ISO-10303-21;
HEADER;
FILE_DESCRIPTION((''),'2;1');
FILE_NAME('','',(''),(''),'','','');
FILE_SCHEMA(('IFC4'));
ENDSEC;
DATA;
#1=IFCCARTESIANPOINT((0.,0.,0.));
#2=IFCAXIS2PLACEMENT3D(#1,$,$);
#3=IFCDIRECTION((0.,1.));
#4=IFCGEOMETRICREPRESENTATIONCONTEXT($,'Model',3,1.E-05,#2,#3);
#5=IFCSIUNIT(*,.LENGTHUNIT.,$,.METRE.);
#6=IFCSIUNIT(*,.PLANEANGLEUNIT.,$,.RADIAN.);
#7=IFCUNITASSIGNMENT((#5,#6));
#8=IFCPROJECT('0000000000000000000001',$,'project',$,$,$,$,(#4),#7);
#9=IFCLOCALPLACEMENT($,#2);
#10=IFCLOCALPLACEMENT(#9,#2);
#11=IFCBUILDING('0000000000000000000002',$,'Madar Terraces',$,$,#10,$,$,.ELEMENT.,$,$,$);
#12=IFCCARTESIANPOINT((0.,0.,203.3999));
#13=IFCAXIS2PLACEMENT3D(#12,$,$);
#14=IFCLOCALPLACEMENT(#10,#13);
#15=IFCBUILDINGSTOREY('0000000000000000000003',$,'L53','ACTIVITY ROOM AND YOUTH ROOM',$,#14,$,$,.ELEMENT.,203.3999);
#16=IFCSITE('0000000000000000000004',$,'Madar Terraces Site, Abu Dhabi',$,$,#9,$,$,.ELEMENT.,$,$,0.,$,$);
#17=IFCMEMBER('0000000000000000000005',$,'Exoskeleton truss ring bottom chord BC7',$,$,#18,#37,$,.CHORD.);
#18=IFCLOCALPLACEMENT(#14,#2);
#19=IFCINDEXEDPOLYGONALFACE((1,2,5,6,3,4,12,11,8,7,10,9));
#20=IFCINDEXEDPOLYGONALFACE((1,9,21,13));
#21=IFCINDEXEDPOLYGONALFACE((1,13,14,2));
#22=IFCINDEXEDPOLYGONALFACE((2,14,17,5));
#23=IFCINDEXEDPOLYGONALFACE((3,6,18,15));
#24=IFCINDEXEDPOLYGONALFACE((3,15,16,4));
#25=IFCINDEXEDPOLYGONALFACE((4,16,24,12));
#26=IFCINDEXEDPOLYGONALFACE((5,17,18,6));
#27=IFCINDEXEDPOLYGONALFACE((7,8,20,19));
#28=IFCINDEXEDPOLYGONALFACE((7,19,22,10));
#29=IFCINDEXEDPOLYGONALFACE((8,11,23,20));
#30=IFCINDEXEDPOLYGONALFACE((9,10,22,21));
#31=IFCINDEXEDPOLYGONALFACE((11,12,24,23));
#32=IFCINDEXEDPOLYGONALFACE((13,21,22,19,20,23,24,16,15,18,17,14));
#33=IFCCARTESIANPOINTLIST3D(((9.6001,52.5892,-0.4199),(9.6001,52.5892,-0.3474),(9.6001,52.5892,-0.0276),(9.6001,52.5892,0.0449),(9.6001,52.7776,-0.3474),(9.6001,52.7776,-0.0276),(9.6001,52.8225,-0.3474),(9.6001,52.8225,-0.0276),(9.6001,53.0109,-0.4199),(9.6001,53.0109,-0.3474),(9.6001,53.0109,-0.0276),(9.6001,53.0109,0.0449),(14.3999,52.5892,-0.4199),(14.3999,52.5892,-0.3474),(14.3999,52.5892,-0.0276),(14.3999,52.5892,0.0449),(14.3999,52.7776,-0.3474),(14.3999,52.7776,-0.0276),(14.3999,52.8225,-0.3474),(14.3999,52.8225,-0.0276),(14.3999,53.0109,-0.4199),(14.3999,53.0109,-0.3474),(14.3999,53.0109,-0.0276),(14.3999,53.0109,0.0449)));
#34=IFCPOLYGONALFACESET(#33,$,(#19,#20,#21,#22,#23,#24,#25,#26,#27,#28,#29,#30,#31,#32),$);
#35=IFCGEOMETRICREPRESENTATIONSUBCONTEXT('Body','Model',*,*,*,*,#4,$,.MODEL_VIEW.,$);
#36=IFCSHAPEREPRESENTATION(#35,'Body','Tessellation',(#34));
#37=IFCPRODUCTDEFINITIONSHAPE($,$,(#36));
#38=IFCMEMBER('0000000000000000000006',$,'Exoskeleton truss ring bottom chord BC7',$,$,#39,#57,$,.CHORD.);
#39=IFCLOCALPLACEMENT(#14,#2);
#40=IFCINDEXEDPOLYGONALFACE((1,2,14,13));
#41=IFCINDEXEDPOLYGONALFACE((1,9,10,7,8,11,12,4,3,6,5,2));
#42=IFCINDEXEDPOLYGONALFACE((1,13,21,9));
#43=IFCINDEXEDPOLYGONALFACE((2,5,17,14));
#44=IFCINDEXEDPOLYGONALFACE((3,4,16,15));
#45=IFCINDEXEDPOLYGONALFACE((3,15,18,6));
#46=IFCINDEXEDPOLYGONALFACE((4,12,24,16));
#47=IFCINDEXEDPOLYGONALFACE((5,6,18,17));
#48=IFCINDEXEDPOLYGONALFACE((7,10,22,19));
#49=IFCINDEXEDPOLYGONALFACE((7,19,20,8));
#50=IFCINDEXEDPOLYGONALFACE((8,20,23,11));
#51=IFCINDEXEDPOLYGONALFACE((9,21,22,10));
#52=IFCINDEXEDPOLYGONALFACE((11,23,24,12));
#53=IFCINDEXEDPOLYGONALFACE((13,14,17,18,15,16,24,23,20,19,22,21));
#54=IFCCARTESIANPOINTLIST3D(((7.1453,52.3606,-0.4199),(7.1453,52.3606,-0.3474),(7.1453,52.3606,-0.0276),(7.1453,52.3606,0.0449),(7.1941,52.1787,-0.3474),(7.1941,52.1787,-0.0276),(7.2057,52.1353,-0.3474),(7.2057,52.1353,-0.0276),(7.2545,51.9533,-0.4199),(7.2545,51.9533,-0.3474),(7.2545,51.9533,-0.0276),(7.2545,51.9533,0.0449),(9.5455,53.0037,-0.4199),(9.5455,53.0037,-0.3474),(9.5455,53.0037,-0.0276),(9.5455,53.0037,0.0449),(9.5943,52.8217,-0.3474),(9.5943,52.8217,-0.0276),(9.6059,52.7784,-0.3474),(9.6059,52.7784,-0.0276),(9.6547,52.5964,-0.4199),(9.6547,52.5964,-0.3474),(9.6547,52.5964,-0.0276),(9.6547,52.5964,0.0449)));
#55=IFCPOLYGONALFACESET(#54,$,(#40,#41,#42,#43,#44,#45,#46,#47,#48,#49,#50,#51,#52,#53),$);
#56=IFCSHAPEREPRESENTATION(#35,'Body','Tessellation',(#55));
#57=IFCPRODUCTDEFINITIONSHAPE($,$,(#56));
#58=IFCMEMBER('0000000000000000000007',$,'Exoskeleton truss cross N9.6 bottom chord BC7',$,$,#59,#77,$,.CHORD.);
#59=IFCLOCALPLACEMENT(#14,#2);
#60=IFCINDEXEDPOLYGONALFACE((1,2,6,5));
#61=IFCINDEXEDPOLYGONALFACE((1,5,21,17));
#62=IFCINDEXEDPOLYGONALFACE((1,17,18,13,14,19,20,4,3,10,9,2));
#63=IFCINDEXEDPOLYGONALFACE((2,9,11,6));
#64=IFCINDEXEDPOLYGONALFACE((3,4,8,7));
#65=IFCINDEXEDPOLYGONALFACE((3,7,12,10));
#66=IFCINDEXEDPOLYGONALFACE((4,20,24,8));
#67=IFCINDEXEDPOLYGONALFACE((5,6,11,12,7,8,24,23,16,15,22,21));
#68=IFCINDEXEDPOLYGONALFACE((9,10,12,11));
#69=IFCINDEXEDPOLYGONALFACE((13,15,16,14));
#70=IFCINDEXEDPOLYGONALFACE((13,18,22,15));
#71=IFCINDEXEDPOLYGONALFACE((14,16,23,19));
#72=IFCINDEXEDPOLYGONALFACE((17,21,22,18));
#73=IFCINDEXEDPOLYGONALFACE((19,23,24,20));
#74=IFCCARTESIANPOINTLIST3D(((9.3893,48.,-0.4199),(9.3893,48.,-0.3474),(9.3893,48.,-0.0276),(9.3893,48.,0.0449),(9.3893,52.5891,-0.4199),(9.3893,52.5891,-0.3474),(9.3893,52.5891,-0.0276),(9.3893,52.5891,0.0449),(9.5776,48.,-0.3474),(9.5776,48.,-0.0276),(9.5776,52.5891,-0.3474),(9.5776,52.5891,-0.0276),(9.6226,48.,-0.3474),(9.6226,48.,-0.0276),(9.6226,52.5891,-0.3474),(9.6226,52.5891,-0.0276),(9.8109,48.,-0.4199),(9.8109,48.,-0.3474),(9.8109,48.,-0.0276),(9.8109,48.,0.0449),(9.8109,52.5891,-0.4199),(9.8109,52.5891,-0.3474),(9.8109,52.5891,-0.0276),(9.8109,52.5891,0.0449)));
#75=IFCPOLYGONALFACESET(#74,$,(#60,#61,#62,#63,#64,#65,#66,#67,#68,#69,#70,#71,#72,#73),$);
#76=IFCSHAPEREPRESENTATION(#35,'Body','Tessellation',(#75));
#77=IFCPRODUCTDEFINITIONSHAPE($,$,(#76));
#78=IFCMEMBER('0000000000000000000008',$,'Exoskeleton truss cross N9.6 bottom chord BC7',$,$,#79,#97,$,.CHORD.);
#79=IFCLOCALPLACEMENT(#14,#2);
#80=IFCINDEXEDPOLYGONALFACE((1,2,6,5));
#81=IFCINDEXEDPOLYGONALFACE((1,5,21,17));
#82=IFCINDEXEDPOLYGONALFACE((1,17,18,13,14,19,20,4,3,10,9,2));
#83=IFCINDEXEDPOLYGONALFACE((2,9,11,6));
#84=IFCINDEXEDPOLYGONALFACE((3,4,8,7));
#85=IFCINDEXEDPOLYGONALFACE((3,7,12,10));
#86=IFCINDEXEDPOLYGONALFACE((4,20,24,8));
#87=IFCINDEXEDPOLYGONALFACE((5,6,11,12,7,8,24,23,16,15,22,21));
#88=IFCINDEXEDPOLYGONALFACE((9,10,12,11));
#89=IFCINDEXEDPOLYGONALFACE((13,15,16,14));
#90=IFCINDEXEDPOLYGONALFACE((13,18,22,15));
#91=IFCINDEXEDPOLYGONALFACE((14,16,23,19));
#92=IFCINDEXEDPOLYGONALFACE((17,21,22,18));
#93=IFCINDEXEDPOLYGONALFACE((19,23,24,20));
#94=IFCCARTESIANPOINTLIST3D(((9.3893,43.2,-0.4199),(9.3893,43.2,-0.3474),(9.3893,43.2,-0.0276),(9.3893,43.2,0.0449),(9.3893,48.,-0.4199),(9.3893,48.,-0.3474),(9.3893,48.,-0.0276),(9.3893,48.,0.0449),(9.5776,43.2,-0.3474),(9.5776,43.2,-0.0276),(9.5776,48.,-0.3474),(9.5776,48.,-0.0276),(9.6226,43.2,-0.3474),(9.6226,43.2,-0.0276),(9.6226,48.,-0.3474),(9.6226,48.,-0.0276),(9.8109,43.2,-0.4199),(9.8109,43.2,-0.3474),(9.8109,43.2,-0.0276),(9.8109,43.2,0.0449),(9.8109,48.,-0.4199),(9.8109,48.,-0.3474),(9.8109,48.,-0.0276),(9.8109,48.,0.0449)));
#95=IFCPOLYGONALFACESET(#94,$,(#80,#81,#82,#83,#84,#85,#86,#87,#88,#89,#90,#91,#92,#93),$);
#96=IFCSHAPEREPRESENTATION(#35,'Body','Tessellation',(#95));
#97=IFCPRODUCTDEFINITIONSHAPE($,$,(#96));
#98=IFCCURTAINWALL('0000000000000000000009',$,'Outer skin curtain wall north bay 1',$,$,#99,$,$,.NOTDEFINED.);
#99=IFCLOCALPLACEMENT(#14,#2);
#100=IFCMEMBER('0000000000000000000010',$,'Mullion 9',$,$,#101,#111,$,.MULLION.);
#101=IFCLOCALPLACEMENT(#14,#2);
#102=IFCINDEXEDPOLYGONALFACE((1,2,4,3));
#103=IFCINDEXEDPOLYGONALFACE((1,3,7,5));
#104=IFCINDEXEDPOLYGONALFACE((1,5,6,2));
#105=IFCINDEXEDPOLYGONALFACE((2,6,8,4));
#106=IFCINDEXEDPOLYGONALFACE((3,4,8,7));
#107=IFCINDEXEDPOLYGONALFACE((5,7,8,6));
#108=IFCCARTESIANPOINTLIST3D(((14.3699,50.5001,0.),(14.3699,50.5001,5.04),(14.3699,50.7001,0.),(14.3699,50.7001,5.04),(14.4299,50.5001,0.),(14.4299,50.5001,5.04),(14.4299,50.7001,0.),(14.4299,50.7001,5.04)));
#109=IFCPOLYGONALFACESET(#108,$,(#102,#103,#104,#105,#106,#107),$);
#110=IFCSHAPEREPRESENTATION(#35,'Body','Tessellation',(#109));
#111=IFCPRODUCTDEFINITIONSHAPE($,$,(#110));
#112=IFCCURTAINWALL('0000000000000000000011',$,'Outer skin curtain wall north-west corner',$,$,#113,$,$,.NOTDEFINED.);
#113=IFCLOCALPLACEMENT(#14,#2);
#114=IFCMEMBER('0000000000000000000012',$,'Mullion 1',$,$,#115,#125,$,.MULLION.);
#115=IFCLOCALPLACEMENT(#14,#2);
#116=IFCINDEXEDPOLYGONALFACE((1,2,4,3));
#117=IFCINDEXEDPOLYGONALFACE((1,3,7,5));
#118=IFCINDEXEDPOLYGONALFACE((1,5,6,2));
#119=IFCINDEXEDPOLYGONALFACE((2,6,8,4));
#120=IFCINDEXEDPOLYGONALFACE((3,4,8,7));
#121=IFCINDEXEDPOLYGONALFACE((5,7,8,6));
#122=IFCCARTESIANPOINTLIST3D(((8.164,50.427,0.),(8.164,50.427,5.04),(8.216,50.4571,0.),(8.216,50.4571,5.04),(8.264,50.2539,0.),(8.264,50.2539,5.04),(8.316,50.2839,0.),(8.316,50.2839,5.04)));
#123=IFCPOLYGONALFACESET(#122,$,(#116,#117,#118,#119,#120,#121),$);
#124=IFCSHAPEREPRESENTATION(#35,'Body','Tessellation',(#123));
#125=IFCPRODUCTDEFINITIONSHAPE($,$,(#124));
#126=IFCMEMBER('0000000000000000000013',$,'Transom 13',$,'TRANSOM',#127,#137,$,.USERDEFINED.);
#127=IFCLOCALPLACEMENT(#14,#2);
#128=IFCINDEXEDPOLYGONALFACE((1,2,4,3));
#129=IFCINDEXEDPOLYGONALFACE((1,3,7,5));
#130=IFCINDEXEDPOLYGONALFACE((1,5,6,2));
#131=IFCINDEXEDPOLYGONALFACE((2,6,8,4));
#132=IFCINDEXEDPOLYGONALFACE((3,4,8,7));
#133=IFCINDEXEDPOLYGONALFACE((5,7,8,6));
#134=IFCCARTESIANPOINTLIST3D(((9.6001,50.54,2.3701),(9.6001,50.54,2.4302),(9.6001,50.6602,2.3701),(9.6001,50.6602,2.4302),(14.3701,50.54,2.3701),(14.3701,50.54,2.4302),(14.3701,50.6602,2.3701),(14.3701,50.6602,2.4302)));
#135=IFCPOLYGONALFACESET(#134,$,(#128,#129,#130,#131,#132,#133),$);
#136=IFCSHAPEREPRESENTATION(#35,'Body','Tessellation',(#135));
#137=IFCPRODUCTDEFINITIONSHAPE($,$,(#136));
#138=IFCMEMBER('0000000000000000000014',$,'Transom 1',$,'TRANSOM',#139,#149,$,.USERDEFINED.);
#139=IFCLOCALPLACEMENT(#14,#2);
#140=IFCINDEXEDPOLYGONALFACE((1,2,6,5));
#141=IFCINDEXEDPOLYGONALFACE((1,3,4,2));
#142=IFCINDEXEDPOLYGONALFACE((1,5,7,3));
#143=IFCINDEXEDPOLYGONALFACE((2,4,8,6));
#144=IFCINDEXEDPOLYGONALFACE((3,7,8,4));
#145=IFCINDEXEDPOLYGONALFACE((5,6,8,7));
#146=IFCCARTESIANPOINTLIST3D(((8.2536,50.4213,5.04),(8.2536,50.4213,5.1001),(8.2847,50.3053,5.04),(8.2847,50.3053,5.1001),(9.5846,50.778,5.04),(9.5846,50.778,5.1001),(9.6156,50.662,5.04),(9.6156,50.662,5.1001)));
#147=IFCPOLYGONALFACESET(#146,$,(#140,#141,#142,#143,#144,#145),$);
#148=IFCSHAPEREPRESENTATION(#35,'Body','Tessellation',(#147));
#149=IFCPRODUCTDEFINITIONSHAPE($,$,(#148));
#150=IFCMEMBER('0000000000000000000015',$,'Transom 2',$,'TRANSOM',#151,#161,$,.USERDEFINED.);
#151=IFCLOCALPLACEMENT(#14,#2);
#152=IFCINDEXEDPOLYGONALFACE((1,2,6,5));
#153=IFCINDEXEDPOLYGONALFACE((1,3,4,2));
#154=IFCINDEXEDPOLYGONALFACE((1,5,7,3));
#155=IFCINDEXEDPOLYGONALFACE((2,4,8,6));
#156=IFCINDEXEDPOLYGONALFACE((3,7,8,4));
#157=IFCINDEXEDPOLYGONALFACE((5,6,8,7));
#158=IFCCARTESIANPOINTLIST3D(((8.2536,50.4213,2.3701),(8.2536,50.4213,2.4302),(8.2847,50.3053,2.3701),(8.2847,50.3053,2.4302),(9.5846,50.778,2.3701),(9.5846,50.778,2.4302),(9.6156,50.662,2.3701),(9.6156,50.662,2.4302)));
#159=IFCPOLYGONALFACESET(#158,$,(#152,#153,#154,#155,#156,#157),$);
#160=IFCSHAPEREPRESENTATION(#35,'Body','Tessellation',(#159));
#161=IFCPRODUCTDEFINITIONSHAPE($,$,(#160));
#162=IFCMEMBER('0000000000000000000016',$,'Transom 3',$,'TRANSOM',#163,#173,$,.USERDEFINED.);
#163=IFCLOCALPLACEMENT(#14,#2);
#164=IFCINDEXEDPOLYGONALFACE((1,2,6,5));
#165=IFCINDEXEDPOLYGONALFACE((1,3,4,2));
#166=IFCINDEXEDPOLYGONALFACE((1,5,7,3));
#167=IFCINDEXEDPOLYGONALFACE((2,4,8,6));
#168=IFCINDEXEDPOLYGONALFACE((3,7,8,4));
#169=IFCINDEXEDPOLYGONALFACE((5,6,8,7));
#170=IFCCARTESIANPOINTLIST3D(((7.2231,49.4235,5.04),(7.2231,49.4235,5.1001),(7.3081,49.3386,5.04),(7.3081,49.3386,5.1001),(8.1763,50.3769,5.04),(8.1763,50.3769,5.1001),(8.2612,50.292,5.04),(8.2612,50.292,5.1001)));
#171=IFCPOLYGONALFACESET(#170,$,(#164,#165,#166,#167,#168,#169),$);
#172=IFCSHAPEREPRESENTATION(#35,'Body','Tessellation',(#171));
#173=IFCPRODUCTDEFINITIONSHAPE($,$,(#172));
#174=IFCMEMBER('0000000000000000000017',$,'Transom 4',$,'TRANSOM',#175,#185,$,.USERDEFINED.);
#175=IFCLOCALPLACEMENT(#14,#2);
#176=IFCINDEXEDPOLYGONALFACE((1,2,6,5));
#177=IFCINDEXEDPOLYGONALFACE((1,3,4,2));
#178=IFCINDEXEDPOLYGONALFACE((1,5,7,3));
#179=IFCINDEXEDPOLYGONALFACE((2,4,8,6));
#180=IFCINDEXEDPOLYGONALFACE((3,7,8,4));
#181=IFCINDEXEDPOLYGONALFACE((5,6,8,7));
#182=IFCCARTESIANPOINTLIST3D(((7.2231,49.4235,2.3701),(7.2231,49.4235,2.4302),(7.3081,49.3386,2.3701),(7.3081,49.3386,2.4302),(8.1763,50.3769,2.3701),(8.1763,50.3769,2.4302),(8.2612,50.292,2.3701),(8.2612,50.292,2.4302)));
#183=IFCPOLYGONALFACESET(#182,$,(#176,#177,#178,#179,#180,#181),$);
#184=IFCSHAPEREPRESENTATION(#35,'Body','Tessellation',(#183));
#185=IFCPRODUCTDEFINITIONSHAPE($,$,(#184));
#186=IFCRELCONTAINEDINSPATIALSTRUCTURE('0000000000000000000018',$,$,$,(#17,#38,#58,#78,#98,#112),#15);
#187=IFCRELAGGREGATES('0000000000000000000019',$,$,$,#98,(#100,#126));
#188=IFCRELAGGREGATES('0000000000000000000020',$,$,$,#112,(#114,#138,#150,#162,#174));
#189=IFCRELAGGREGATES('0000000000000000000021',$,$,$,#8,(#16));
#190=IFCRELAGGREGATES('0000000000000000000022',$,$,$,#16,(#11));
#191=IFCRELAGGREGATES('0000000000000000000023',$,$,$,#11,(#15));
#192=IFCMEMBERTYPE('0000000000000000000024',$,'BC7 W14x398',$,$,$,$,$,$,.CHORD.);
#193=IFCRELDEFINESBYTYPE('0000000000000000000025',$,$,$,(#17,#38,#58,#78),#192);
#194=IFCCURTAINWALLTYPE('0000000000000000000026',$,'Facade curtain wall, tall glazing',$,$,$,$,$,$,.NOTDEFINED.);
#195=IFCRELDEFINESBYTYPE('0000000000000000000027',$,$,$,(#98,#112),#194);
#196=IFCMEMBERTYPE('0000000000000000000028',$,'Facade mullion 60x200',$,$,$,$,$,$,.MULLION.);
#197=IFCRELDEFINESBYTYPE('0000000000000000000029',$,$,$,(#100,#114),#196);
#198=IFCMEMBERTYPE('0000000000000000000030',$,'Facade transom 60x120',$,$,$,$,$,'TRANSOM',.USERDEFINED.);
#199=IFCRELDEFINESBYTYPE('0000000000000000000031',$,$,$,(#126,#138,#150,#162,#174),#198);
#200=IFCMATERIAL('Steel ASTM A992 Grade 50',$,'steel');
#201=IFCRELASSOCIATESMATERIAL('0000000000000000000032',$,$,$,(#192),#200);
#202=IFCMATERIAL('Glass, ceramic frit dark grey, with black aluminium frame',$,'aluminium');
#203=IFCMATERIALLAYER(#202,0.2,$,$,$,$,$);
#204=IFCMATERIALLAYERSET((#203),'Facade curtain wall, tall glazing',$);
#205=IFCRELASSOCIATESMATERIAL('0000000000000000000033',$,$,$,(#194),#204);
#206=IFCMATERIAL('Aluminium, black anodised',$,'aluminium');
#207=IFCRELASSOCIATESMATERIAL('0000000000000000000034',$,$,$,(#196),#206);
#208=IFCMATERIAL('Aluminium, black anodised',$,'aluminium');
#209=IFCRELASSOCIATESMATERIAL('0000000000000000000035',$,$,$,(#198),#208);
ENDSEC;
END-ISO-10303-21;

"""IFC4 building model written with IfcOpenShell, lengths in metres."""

from ifc_helpers import new_model, si_unit, direction, frame, origin, origin_2d, place, context, subcontext, project, spatial, rectangle, i_section, extrude, material, layer, layer_set, material_profile, profile_set, type_object, element, aggregate, save


model = new_model("IFC4")

# Units and contexts
model_context = context("Model", 3, precision=1e-05, world=origin(), true_north=direction((0.0, 1.0)))
body_context = subcontext(model_context, "Body", "Model", "MODEL_VIEW")
ifc_project = project(units=[si_unit("LENGTHUNIT", "METRE"), si_unit("PLANEANGLEUNIT", "RADIAN")], contexts=[model_context])

# Site, building, storey
site_placement = place(None, origin())
site = spatial("IfcSite", under=ifc_project, at=site_placement, Name="Madar Terraces Site, Abu Dhabi", CompositionType="ELEMENT", RefElevation=0.0)
building_placement = place(site_placement, origin())
building = spatial("IfcBuilding", under=site, at=building_placement, Name="Madar Terraces", CompositionType="ELEMENT")
storey_placement = place(building_placement, frame((0.0, 0.0, 203.3999)))
storey = spatial("IfcBuildingStorey", under=building, at=storey_placement, Name="L53", Description="ACTIVITY ROOM AND YOUTH ROOM", CompositionType="ELEMENT", Elevation=203.3999)

# Members
ifc_material_1 = material(Name="Steel ASTM A992 Grade 50", Category="steel")
ifc_material_profile_1 = material_profile(ifc_material_1, i_section(OverallWidth=0.4216, OverallDepth=0.4648, WebThickness=0.0449, FlangeThickness=0.0725, at=origin_2d()), Name="W14x398")
ifc_profile_set_1 = profile_set([ifc_material_profile_1], Name="Steel ASTM A992 Grade 50")
member_type_1 = type_object("IfcMemberType", Name="BC7 W14x398", PredefinedType="CHORD", material=ifc_profile_set_1)
member_1_placement = place(storey_placement, frame((14.3999, 52.8, -0.1875), z_axis=(-1.0, 0.0, 0.0), x_axis=(0.0, -1.0, 0.0)))
element("IfcMember", 1, at=member_1_placement, inside=storey, type_object=member_type_1, Name="Exoskeleton truss ring bottom chord BC7", PredefinedType="CHORD", context=body_context, shape_type="SweptSolid", body=[
    extrude(i_section(OverallWidth=0.4216, OverallDepth=0.4648, WebThickness=0.0449, FlangeThickness=0.0725, at=origin_2d()), origin(), (0.0, 0.0, 1.0), 4.7998),
])
member_2_placement = place(storey_placement, frame((9.6001, 52.8, -0.1875), z_axis=(-0.965931, -0.2588, 0.0), x_axis=(0.2588, -0.965931, 0.0)))
element("IfcMember", 2, at=member_2_placement, inside=storey, type_object=member_type_1, Name="Exoskeleton truss ring bottom chord BC7", PredefinedType="CHORD", context=body_context, shape_type="SweptSolid", body=[
    extrude(i_section(OverallWidth=0.4216, OverallDepth=0.4648, WebThickness=0.0449, FlangeThickness=0.0725, at=origin_2d()), origin(), (0.0, 0.0, 1.0), 2.4849),
])
member_3_placement = place(storey_placement, frame((9.6001, 52.5891, -0.1875), z_axis=(0.0, -1.0, 0.0), x_axis=(1.0, 0.0, 0.0)))
element("IfcMember", 3, at=member_3_placement, inside=storey, type_object=member_type_1, Name="Exoskeleton truss cross N9.6 bottom chord BC7", PredefinedType="CHORD", context=body_context, shape_type="SweptSolid", body=[
    extrude(i_section(OverallWidth=0.4216, OverallDepth=0.4648, WebThickness=0.0449, FlangeThickness=0.0725, at=origin_2d()), origin(), (0.0, 0.0, 1.0), 4.5891),
])
member_4_placement = place(storey_placement, frame((9.6001, 48.0, -0.1875), z_axis=(0.0, -1.0, 0.0), x_axis=(1.0, 0.0, 0.0)))
element("IfcMember", 4, at=member_4_placement, inside=storey, type_object=member_type_1, Name="Exoskeleton truss cross N9.6 bottom chord BC7", PredefinedType="CHORD", context=body_context, shape_type="SweptSolid", body=[
    extrude(i_section(OverallWidth=0.4216, OverallDepth=0.4648, WebThickness=0.0449, FlangeThickness=0.0725, at=origin_2d()), origin(), (0.0, 0.0, 1.0), 4.8),
])

# Curtain walls, members
ifc_material_2 = material(Name="Glass, ceramic frit dark grey, with black aluminium frame", Category="aluminium")
ifc_layer_1 = layer(ifc_material_2, 0.2)
ifc_layer_set_1 = layer_set([ifc_layer_1], Name="Facade curtain wall, tall glazing")
curtain_wall_type = type_object("IfcCurtainWallType", Name="Facade curtain wall, tall glazing", PredefinedType="NOTDEFINED", material=ifc_layer_set_1)
curtain_wall_1_placement = place(storey_placement, origin())
curtain_wall_1 = element("IfcCurtainWall", 5, at=curtain_wall_1_placement, inside=storey, type_object=curtain_wall_type, Name="Outer skin curtain wall north bay 1", PredefinedType="NOTDEFINED")
ifc_material_3 = material(Name="Aluminium, black anodised", Category="aluminium")
ifc_material_profile_2 = material_profile(ifc_material_3, rectangle(XDim=0.2, YDim=0.0601, at=origin_2d()), Name="Facade mullion 60x200")
ifc_profile_set_2 = profile_set([ifc_material_profile_2], Name="Aluminium, black anodised")
member_type_2 = type_object("IfcMemberType", Name="Facade mullion 60x200", PredefinedType="MULLION", material=ifc_profile_set_2)
member_5_placement = place(storey_placement, frame((14.3999, 50.6001, 0.0), z_axis=(0.0, 0.0, 1.0), x_axis=(0.0, -1.0, 0.0)))
member_5 = element("IfcMember", 6, at=member_5_placement, type_object=member_type_2, Name="Mullion 9", PredefinedType="MULLION", context=body_context, shape_type="SweptSolid", body=[
    extrude(rectangle(XDim=0.2, YDim=0.0601, at=origin_2d()), origin(), (0.0, 0.0, 1.0), 5.04),
])
curtain_wall_2_placement = place(storey_placement, origin())
curtain_wall_2 = element("IfcCurtainWall", 7, at=curtain_wall_2_placement, inside=storey, type_object=curtain_wall_type, Name="Outer skin curtain wall north-west corner", PredefinedType="NOTDEFINED")
member_6_placement = place(storey_placement, frame((8.24, 50.3555, 0.0), z_axis=(0.0, 0.0, 1.0), x_axis=(0.5, -0.866025, 0.0)))
member_6 = element("IfcMember", 8, at=member_6_placement, type_object=member_type_2, Name="Mullion 1", PredefinedType="MULLION", context=body_context, shape_type="SweptSolid", body=[
    extrude(rectangle(XDim=0.2, YDim=0.0601, at=origin_2d()), origin(), (0.0, 0.0, 1.0), 5.04),
])

# Members
ifc_material_4 = material(Name="Aluminium, black anodised", Category="aluminium")
ifc_material_profile_3 = material_profile(ifc_material_4, rectangle(XDim=0.1201, YDim=0.0601, at=origin_2d()), Name="Facade transom 60x120")
ifc_profile_set_3 = profile_set([ifc_material_profile_3], Name="Aluminium, black anodised")
member_type_3 = type_object("IfcMemberType", Name="Facade transom 60x120", ElementType="TRANSOM", PredefinedType="USERDEFINED", material=ifc_profile_set_3)
member_7_placement = place(storey_placement, frame((14.3701, 50.6001, 2.4001), z_axis=(-1.0, 0.0, 0.0), x_axis=(0.0, -1.0, 0.0)))
member_7 = element("IfcMember", 9, at=member_7_placement, type_object=member_type_3, Name="Transom 13", ObjectType="TRANSOM", PredefinedType="USERDEFINED", context=body_context, shape_type="SweptSolid", body=[
    extrude(rectangle(XDim=0.1201, YDim=0.0601, at=origin_2d()), origin(), (0.0, 0.0, 1.0), 4.77),
])
member_8_placement = place(storey_placement, frame((9.6001, 50.72, 5.0701), z_axis=(-0.96592, -0.258842, 0.0), x_axis=(0.258842, -0.96592, 0.0)))
member_8 = element("IfcMember", 10, at=member_8_placement, type_object=member_type_3, Name="Transom 1", ObjectType="TRANSOM", PredefinedType="USERDEFINED", context=body_context, shape_type="SweptSolid", body=[
    extrude(rectangle(XDim=0.1201, YDim=0.0601, at=origin_2d()), origin(), (0.0, 0.0, 1.0), 1.3779),
])
member_9_placement = place(storey_placement, frame((9.6001, 50.72, 2.4001), z_axis=(-0.96592, -0.258842, 0.0), x_axis=(0.258842, -0.96592, 0.0)))
member_9 = element("IfcMember", 11, at=member_9_placement, type_object=member_type_3, Name="Transom 2", ObjectType="TRANSOM", PredefinedType="USERDEFINED", context=body_context, shape_type="SweptSolid", body=[
    extrude(rectangle(XDim=0.1201, YDim=0.0601, at=origin_2d()), origin(), (0.0, 0.0, 1.0), 1.3779),
])
member_10_placement = place(storey_placement, frame((8.2188, 50.3345, 5.0701), z_axis=(-0.707016, -0.707197, 0.0), x_axis=(0.707197, -0.707016, 0.0)))
member_10 = element("IfcMember", 12, at=member_10_placement, type_object=member_type_3, Name="Transom 3", ObjectType="TRANSOM", PredefinedType="USERDEFINED", context=body_context, shape_type="SweptSolid", body=[
    extrude(rectangle(XDim=0.1201, YDim=0.0601, at=origin_2d()), origin(), (0.0, 0.0, 1.0), 1.3481),
])
member_11_placement = place(storey_placement, frame((8.2188, 50.3345, 2.4001), z_axis=(-0.707016, -0.707197, 0.0), x_axis=(0.707197, -0.707016, 0.0)))
member_11 = element("IfcMember", 13, at=member_11_placement, type_object=member_type_3, Name="Transom 4", ObjectType="TRANSOM", PredefinedType="USERDEFINED", context=body_context, shape_type="SweptSolid", body=[
    extrude(rectangle(XDim=0.1201, YDim=0.0601, at=origin_2d()), origin(), (0.0, 0.0, 1.0), 1.3481),
])

aggregate(curtain_wall_1, [member_5, member_7])
aggregate(curtain_wall_2, [member_6, member_8, member_9, member_10, member_11])

save(model, "model.ifc")
